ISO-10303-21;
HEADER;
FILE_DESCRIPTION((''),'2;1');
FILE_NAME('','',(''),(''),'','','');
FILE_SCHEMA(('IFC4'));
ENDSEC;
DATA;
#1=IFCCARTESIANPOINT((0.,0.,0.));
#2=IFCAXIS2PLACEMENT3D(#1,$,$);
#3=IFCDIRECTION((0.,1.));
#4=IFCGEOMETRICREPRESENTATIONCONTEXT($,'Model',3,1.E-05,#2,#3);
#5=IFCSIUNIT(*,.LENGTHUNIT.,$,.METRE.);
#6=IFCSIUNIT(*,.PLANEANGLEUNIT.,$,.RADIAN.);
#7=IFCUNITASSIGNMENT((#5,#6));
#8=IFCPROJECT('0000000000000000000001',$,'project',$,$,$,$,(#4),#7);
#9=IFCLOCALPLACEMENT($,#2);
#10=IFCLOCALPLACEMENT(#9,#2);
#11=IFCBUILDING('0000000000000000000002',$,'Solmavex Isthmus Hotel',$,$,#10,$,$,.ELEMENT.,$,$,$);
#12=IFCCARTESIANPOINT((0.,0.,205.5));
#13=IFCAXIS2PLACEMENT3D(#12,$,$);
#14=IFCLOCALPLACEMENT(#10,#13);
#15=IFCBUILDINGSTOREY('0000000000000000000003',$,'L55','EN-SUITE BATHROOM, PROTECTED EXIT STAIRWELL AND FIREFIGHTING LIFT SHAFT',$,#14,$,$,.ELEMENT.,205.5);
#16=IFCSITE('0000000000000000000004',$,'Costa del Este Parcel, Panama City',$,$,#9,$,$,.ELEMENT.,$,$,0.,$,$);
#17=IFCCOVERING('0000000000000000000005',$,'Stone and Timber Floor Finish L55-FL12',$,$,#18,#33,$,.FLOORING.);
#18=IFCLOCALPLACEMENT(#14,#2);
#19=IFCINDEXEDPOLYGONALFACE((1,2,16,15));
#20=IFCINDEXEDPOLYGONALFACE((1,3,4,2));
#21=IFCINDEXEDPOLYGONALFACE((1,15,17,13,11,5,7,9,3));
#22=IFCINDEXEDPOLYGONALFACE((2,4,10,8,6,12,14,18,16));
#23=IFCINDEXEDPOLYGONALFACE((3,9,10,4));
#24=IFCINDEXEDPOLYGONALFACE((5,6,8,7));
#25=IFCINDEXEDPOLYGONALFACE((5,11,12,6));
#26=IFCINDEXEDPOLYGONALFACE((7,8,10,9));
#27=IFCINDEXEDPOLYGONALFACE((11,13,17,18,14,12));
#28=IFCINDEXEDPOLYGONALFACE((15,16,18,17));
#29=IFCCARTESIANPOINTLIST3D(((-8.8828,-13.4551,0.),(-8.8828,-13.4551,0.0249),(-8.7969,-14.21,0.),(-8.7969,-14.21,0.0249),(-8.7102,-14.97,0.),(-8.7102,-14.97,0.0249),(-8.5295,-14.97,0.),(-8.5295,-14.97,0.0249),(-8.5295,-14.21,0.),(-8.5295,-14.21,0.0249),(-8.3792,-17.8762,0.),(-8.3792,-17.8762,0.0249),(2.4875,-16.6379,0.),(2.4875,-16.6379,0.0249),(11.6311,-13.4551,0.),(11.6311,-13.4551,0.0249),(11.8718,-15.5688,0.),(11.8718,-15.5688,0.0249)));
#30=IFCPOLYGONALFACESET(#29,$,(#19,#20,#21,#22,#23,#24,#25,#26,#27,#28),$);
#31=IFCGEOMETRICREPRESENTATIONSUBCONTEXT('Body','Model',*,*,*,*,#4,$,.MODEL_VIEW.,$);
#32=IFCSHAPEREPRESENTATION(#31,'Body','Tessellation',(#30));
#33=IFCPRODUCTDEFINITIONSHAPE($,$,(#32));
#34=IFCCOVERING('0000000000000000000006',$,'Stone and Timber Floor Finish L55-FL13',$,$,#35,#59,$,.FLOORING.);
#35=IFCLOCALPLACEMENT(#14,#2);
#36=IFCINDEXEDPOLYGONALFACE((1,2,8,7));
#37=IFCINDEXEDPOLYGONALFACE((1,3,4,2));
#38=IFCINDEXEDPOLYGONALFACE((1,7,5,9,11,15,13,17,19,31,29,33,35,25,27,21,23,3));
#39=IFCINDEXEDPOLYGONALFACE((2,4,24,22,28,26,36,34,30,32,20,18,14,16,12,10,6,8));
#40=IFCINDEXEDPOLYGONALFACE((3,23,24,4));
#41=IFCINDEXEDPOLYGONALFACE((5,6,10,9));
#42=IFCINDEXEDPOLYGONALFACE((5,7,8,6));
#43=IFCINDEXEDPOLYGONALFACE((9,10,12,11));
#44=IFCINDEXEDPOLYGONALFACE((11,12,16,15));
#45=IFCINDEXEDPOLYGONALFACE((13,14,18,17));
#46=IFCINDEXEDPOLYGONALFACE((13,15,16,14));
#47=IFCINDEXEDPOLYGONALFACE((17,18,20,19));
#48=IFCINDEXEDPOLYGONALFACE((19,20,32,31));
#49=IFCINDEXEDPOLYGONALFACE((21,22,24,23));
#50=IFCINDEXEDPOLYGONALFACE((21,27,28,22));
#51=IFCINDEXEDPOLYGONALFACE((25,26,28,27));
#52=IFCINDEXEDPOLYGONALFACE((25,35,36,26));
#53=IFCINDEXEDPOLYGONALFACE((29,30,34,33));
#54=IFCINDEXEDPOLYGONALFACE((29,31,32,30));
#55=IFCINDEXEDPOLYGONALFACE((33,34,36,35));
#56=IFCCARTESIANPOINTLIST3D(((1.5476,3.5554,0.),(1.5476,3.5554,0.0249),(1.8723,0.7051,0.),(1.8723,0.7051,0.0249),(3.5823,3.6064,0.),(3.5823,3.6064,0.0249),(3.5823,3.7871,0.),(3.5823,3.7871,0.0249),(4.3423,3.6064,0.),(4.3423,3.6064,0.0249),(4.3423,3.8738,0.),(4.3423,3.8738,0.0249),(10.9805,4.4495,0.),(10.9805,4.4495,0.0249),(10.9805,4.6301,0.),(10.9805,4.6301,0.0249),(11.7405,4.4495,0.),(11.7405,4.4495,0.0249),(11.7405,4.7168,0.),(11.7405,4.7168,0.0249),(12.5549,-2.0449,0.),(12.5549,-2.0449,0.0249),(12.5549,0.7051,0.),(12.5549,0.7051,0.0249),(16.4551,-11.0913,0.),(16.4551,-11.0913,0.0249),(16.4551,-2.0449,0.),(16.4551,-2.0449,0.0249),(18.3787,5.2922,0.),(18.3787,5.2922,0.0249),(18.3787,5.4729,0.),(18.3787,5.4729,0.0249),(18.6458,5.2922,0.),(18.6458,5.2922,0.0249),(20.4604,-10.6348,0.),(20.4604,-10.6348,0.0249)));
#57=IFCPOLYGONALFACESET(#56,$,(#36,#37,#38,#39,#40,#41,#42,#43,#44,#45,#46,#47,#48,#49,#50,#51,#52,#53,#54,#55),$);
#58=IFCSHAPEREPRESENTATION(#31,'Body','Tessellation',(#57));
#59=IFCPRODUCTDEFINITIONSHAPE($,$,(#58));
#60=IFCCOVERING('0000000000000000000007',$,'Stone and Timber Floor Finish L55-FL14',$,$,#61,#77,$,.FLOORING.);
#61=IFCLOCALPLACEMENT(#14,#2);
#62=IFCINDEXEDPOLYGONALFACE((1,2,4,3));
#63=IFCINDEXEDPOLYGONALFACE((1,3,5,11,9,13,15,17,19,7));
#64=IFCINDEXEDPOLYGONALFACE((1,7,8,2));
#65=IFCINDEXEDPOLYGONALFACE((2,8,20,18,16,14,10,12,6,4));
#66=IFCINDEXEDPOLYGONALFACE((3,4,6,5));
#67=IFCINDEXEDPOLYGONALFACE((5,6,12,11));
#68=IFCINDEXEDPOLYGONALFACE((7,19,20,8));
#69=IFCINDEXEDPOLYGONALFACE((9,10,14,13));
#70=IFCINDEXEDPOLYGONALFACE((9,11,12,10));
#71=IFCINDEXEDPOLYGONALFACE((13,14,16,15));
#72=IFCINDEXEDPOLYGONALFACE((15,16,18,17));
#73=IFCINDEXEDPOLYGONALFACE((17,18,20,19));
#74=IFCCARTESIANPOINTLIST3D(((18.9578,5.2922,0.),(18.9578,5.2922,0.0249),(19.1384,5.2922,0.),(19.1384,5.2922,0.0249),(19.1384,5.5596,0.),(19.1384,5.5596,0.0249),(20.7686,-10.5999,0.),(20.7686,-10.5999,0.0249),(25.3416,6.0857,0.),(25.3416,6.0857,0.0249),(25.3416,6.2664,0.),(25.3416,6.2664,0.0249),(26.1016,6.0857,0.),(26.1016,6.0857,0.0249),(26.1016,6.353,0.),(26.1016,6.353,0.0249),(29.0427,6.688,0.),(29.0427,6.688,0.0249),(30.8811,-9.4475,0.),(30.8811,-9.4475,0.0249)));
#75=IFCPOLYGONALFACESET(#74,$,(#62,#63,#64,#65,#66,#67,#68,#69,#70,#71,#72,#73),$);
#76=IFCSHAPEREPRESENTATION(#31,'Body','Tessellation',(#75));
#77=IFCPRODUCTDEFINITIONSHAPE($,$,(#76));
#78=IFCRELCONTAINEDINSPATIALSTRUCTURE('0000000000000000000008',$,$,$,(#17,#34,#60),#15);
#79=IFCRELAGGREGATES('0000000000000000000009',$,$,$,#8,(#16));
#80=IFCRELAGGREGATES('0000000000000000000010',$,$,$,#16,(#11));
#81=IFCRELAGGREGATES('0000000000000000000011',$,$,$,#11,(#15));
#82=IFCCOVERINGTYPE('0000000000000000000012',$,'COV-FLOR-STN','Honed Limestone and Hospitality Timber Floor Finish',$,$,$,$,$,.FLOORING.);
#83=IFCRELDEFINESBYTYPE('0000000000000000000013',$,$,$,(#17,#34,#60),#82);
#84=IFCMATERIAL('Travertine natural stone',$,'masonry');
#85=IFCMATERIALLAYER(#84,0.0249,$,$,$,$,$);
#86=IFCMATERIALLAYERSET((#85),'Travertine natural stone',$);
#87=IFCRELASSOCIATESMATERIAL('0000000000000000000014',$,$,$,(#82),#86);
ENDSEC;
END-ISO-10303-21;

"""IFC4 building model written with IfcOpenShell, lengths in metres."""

from ifc_helpers import new_model, si_unit, direction, frame, origin, place, context, subcontext, project, spatial, polyline, outline, extrude, material, layer, layer_set, type_object, element, save


model = new_model("IFC4")

# Units and contexts
model_context = context("Model", 3, precision=1e-05, world=origin(), true_north=direction((0.0, 1.0)))
body_context = subcontext(model_context, "Body", "Model", "MODEL_VIEW")
ifc_project = project(units=[si_unit("LENGTHUNIT", "METRE"), si_unit("PLANEANGLEUNIT", "RADIAN")], contexts=[model_context])

# Site, building, storey
site_placement = place(None, origin())
site = spatial("IfcSite", under=ifc_project, at=site_placement, Name="Costa del Este Parcel, Panama City", CompositionType="ELEMENT", RefElevation=0.0)
building_placement = place(site_placement, origin())
building = spatial("IfcBuilding", under=site, at=building_placement, Name="Solmavex Isthmus Hotel", CompositionType="ELEMENT")
storey_placement = place(building_placement, frame((0.0, 0.0, 205.5)))
storey = spatial("IfcBuildingStorey", under=building, at=storey_placement, Name="L55", Description="EN-SUITE BATHROOM, PROTECTED EXIT STAIRWELL AND FIREFIGHTING LIFT SHAFT", CompositionType="ELEMENT", Elevation=205.5)

# Coverings
ifc_material_1 = material(Name="Travertine natural stone", Category="masonry")
ifc_layer_1 = layer(ifc_material_1, 0.0249)
ifc_layer_set_1 = layer_set([ifc_layer_1], Name="Travertine natural stone")
covering_type_1 = type_object("IfcCoveringType", Name="COV-FLOR-STN", Description="Honed Limestone and Hospitality Timber Floor Finish", PredefinedType="FLOORING", material=ifc_layer_set_1)
covering_1_placement = place(storey_placement, origin())
element("IfcCovering", 1, at=covering_1_placement, inside=storey, type_object=covering_type_1, Name="Stone and Timber Floor Finish L55-FL12", PredefinedType="FLOORING", context=body_context, shape_type="SweptSolid", body=[
    extrude(outline(polyline([(-8.7969, -14.21), (-8.5295, -14.21), (-8.5295, -14.97), (-8.7102, -14.97), (-8.3792, -17.8762), (2.4875, -16.6379), (11.8718, -15.5688), (11.6311, -13.4551), (-8.8828, -13.4551), (-8.7969, -14.21)])), origin(), (0.0, 0.0, 1.0), 0.0249),
])
covering_2_placement = place(storey_placement, origin())
element("IfcCovering", 2, at=covering_2_placement, inside=storey, type_object=covering_type_1, Name="Stone and Timber Floor Finish L55-FL13", PredefinedType="FLOORING", context=body_context, shape_type="SweptSolid", body=[
    extrude(outline(polyline([(4.3423, 3.8738), (4.3423, 3.6064), (3.5823, 3.6064), (3.5823, 3.7871), (1.5476, 3.5554), (1.8723, 0.7051), (12.5549, 0.7051), (12.5549, -2.0449), (16.4551, -2.0449), (16.4551, -11.0913), (20.4604, -10.6348), (18.6458, 5.2922), (18.3787, 5.2922), (18.3787, 5.4729), (11.7405, 4.7168), (11.7405, 4.4495), (10.9805, 4.4495), (10.9805, 4.6301), (4.3423, 3.8738)])), origin(), (0.0, 0.0, 1.0), 0.0249),
])
covering_3_placement = place(storey_placement, origin())
element("IfcCovering", 3, at=covering_3_placement, inside=storey, type_object=covering_type_1, Name="Stone and Timber Floor Finish L55-FL14", PredefinedType="FLOORING", context=body_context, shape_type="SweptSolid", body=[
    extrude(outline(polyline([(19.1384, 5.5596), (19.1384, 5.2922), (18.9578, 5.2922), (20.7686, -10.5999), (30.8811, -9.4475), (29.0427, 6.688), (26.1016, 6.353), (26.1016, 6.0857), (25.3416, 6.0857), (25.3416, 6.2664), (19.1384, 5.5596)])), origin(), (0.0, 0.0, 1.0), 0.0249),
])

save(model, "model.ifc")
